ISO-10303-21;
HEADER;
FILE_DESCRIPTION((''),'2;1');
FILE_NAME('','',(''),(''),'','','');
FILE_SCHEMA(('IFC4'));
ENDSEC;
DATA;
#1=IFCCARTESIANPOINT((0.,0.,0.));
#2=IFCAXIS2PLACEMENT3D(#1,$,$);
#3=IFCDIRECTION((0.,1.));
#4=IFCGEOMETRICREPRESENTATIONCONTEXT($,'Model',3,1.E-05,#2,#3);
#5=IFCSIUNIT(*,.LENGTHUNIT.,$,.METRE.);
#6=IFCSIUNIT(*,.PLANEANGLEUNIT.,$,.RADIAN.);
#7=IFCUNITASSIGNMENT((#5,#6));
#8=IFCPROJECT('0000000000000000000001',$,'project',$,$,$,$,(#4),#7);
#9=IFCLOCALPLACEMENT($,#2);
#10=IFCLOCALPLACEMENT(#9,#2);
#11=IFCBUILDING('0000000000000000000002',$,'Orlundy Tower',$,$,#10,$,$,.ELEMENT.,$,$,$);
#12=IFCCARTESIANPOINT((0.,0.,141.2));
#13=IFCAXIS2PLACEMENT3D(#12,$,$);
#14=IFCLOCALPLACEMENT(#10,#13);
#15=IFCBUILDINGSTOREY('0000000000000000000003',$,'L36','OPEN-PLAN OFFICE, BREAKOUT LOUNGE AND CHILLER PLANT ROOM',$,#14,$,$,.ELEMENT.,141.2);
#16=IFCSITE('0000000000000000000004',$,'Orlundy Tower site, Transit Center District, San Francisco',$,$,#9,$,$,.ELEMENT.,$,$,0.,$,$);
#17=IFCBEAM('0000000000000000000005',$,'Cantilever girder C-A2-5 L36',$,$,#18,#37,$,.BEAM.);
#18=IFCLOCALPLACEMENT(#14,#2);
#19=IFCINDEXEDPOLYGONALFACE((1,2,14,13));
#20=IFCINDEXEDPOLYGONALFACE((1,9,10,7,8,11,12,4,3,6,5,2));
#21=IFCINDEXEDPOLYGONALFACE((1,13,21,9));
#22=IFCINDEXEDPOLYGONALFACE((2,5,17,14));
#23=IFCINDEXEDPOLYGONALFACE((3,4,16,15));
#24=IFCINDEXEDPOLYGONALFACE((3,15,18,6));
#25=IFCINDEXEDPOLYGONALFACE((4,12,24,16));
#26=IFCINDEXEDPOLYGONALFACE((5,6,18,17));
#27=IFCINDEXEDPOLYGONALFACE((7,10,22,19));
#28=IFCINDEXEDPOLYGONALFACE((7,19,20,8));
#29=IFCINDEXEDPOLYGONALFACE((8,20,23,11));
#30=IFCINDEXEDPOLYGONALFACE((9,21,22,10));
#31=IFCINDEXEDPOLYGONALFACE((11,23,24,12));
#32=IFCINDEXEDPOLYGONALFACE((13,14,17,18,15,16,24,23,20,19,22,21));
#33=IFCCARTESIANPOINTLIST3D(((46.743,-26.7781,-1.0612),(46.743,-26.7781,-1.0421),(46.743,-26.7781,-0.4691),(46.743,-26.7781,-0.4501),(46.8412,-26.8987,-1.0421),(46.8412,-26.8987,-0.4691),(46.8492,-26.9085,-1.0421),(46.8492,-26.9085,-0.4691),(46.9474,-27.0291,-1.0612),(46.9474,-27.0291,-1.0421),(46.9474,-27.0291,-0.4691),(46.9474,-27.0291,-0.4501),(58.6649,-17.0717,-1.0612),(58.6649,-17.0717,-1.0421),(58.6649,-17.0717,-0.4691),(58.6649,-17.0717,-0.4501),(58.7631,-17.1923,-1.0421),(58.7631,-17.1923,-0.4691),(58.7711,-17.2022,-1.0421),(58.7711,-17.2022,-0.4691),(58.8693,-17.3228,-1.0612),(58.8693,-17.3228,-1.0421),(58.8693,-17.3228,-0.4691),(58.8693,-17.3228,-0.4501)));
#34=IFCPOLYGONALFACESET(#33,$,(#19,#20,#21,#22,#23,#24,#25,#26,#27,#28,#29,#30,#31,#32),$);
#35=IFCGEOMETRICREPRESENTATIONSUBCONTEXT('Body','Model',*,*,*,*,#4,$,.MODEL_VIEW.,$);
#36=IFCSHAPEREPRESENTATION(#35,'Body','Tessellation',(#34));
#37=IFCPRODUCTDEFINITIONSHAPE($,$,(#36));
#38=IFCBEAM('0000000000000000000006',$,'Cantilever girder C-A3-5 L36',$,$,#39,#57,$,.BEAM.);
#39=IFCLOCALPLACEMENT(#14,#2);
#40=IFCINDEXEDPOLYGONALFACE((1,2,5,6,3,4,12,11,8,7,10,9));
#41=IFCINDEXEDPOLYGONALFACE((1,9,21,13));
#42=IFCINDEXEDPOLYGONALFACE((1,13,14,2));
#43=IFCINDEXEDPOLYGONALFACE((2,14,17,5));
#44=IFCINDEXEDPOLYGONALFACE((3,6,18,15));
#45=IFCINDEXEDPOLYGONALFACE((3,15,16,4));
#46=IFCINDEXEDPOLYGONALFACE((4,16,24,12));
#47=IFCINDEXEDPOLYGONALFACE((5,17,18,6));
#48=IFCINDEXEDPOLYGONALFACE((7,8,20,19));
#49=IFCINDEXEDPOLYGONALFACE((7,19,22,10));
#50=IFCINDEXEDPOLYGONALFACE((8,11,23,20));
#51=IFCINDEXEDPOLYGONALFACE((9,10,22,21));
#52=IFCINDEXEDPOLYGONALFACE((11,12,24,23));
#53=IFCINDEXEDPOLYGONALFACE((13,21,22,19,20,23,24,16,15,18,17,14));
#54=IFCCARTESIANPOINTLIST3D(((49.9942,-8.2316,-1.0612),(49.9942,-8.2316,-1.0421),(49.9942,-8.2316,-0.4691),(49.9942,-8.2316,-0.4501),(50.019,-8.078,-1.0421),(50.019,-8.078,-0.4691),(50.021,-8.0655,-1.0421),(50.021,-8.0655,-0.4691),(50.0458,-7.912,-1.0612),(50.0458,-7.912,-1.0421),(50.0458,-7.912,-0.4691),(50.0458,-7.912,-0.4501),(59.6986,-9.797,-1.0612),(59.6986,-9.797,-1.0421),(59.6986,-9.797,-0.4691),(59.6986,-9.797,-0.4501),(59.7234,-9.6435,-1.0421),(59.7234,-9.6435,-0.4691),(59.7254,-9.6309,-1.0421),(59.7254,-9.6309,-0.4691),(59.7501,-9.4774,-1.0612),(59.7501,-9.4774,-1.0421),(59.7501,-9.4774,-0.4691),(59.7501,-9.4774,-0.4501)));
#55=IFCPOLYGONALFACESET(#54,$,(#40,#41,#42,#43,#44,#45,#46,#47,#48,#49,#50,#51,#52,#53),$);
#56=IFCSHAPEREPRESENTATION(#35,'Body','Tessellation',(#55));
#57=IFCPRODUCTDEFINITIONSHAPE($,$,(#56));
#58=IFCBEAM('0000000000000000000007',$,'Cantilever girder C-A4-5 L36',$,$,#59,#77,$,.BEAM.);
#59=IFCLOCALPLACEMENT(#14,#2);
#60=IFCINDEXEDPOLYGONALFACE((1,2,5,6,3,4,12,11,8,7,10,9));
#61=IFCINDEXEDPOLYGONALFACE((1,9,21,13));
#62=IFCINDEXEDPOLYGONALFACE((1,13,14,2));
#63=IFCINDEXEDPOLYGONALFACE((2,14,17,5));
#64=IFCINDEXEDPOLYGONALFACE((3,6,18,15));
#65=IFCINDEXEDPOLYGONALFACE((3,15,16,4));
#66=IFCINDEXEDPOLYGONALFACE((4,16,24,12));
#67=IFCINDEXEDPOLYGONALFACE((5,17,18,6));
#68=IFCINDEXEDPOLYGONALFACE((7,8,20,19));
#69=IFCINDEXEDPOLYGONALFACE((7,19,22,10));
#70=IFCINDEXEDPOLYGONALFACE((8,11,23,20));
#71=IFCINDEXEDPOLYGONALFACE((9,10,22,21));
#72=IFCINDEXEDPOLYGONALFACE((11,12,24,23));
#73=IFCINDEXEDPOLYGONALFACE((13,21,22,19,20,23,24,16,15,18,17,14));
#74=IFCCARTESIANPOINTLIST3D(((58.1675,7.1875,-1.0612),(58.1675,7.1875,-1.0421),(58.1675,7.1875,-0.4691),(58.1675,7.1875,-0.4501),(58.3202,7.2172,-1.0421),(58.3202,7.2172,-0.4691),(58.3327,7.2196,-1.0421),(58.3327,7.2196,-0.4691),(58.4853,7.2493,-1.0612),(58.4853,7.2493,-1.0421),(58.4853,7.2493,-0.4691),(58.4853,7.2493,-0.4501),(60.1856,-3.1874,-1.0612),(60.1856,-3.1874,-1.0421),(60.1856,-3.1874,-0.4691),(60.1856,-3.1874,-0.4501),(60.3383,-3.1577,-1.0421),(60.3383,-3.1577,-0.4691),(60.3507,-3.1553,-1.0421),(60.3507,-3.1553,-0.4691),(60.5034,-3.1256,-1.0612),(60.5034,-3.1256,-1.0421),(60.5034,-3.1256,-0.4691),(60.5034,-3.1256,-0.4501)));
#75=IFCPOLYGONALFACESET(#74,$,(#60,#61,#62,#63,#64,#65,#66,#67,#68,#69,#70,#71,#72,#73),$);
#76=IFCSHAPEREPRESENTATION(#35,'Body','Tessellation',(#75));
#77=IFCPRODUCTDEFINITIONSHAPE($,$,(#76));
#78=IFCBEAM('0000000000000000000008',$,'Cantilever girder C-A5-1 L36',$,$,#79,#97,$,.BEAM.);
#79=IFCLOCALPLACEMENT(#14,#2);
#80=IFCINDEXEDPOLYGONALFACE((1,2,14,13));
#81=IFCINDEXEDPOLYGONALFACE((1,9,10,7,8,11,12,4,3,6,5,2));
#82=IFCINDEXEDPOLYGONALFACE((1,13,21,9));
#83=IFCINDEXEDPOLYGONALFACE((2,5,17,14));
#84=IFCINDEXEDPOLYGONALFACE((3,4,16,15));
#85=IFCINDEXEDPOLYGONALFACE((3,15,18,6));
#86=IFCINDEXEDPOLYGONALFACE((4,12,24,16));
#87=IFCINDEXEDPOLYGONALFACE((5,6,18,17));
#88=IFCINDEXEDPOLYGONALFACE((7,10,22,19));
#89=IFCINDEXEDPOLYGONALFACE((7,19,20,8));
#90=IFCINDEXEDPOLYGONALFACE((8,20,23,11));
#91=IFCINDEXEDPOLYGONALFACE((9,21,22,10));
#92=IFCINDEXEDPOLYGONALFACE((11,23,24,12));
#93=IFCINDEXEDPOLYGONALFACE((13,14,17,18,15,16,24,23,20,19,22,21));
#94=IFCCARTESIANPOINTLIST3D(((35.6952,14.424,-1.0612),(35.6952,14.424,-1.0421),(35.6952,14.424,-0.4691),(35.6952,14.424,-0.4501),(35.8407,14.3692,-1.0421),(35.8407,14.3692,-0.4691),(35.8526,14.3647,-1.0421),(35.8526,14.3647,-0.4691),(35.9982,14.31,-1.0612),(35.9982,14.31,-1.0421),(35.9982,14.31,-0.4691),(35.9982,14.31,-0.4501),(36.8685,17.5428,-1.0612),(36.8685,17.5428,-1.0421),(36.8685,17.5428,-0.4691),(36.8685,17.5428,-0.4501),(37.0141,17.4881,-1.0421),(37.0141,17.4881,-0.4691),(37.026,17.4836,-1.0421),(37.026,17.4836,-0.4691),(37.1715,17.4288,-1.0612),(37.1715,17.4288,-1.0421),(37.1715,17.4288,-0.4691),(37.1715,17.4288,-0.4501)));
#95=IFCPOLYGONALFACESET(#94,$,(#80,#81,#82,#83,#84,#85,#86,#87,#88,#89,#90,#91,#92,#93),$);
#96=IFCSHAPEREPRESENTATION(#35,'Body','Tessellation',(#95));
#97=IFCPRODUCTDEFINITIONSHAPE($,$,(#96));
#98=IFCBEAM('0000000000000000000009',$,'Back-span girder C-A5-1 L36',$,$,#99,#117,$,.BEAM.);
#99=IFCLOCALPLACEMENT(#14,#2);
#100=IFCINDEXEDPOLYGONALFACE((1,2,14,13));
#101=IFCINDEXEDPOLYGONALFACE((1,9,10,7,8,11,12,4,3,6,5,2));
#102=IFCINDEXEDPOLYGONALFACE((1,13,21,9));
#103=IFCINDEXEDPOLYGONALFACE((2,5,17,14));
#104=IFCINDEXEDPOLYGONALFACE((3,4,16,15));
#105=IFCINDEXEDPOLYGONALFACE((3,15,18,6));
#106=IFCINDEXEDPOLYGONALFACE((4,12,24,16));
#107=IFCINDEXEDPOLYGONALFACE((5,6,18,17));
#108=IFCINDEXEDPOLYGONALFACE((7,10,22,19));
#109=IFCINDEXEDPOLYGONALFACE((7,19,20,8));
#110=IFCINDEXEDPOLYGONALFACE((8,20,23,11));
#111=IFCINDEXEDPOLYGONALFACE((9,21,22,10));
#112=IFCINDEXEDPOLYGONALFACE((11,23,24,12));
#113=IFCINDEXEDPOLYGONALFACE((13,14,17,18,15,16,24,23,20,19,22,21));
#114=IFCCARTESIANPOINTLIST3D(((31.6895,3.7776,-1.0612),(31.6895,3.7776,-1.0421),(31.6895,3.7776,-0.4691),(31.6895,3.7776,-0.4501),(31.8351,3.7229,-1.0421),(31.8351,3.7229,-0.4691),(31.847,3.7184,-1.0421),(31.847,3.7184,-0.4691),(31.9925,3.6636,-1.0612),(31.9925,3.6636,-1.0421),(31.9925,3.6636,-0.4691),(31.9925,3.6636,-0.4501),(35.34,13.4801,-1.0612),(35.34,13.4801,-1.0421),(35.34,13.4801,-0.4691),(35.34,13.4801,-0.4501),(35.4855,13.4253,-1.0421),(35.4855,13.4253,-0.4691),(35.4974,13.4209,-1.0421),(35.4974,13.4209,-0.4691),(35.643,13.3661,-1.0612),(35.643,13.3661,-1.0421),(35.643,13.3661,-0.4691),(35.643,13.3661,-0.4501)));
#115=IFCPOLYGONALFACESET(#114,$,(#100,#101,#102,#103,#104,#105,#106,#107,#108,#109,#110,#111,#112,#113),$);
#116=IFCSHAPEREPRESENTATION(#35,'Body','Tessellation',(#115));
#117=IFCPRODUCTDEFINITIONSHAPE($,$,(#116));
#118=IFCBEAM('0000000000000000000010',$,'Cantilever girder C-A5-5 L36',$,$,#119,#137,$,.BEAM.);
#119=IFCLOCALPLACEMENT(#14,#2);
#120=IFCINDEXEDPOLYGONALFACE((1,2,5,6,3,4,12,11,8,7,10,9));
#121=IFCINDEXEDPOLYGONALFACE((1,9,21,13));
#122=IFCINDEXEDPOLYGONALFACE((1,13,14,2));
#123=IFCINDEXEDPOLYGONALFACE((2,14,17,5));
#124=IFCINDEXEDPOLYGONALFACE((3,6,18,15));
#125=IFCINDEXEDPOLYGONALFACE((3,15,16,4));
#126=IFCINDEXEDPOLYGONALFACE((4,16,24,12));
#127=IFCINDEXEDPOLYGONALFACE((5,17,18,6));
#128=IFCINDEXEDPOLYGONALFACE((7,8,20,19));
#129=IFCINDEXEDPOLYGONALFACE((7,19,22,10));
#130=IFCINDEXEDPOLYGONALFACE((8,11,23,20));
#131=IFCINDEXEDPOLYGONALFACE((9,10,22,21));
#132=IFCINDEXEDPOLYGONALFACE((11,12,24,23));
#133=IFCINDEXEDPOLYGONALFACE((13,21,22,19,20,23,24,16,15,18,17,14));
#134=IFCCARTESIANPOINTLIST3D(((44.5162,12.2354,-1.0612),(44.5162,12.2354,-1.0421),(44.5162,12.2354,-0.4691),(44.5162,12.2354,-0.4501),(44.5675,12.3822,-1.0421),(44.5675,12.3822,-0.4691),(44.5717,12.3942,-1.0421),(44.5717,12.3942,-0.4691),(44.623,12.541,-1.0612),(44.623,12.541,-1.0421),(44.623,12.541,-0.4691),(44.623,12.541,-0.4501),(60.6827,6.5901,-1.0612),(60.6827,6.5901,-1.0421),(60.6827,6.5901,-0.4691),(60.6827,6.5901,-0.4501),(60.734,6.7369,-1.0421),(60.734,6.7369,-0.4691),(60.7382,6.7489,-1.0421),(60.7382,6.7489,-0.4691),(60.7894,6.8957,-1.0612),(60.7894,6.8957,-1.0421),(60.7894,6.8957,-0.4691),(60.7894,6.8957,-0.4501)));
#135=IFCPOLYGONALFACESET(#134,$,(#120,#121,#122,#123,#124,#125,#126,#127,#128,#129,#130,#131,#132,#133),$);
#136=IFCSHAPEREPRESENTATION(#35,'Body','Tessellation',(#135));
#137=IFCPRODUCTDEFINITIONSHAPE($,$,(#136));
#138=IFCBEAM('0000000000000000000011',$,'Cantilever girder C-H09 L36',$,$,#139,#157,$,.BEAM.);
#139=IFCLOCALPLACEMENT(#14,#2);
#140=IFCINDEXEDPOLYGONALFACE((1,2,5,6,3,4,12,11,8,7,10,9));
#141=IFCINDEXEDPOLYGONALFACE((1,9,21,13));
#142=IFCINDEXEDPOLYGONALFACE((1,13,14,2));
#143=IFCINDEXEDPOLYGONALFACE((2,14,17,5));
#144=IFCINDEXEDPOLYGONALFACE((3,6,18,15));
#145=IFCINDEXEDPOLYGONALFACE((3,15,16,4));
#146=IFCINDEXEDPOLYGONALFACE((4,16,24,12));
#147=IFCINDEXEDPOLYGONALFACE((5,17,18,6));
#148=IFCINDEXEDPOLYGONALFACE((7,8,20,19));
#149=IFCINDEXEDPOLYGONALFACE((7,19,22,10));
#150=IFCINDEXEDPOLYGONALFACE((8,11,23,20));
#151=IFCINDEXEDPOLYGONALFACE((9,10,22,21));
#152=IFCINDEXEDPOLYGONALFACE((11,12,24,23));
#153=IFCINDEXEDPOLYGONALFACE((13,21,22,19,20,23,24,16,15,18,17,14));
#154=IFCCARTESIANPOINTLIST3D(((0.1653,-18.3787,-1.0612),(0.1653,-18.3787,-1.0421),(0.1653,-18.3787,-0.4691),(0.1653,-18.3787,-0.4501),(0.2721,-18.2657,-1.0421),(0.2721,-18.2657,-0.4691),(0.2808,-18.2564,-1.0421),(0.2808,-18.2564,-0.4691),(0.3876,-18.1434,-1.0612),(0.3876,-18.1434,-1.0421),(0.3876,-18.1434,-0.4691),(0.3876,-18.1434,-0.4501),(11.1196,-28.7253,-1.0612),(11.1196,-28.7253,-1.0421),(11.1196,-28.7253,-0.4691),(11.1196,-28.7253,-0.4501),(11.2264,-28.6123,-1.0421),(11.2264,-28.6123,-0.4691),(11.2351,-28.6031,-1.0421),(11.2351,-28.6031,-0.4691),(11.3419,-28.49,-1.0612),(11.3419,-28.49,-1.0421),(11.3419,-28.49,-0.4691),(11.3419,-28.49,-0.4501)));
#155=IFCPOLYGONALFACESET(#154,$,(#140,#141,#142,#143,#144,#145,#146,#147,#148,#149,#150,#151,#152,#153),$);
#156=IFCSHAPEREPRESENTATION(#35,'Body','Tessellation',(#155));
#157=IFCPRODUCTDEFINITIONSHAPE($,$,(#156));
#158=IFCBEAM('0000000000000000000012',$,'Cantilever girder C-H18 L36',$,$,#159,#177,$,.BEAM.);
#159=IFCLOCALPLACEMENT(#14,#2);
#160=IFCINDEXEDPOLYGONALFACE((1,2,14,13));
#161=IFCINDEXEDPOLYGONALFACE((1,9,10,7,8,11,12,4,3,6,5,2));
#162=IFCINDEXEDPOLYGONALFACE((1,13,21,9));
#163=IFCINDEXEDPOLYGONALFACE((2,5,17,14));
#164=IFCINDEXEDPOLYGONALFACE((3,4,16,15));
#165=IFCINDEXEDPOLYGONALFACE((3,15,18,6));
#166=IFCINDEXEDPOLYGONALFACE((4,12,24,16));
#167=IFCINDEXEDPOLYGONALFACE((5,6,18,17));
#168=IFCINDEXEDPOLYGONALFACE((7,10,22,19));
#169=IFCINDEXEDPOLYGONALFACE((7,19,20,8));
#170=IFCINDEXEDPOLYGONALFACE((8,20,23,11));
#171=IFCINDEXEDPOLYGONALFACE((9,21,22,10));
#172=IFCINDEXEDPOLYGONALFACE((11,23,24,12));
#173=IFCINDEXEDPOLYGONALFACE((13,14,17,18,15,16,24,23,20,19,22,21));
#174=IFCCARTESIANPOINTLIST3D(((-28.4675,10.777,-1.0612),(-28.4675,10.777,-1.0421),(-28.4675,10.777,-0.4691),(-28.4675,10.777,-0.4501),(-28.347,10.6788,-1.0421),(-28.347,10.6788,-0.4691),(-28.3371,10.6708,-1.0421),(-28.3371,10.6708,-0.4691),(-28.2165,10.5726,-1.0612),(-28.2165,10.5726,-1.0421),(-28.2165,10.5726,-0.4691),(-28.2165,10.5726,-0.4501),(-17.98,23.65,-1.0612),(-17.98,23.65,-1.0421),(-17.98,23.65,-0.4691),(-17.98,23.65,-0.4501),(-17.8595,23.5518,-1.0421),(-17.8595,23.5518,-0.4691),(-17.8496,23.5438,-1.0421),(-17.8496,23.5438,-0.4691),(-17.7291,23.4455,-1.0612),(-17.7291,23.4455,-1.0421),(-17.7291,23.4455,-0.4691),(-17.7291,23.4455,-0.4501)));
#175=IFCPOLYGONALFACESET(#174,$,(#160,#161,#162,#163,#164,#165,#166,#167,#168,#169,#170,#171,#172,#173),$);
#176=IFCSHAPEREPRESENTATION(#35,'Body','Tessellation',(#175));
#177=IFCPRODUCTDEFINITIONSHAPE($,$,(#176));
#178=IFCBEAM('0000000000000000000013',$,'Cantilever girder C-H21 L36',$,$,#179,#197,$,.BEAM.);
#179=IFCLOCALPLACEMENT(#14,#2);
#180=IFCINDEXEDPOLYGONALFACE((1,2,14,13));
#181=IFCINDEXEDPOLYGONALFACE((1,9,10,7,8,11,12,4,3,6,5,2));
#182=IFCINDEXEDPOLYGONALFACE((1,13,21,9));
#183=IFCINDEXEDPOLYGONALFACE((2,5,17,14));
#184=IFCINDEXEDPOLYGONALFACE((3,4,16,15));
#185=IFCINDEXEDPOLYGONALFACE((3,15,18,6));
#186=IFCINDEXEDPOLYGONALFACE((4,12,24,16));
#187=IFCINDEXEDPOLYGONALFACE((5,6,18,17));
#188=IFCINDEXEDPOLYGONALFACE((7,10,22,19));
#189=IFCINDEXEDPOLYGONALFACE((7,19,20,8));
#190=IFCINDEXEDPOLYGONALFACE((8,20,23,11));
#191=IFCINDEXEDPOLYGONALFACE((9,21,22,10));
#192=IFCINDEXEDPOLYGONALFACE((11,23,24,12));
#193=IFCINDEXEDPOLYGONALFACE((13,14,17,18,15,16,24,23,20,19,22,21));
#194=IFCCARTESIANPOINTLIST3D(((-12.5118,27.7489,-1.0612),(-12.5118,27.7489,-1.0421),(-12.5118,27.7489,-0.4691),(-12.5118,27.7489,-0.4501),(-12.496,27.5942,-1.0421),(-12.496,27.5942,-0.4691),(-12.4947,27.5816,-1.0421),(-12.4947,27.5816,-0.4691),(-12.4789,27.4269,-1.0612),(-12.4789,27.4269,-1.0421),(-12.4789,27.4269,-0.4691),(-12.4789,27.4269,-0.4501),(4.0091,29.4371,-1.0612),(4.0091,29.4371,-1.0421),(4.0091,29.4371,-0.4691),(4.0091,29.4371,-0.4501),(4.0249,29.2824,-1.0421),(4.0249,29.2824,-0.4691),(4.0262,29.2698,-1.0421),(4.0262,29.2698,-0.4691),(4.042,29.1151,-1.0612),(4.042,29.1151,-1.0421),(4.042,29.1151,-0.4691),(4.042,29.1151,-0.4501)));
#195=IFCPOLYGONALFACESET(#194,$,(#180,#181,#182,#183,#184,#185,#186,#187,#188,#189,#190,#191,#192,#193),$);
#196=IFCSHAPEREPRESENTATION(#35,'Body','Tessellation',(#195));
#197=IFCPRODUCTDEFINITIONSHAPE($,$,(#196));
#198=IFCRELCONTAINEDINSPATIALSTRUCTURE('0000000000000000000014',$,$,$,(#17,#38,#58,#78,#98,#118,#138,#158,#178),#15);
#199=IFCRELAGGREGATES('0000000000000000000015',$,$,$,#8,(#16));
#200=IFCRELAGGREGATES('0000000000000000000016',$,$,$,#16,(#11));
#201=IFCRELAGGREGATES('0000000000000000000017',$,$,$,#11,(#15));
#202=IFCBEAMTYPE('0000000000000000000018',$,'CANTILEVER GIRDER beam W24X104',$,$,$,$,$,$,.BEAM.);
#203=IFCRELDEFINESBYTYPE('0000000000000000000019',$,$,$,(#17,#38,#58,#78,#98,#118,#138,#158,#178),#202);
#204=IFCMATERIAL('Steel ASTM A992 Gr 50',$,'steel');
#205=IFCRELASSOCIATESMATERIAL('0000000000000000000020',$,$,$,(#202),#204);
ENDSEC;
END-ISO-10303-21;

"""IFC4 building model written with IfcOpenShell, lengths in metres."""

from ifc_helpers import new_model, si_unit, direction, frame, origin, origin_2d, place, context, subcontext, project, spatial, i_section, extrude, material, material_profile, profile_set, type_object, element, save


model = new_model("IFC4")

# Units and contexts
model_context = context("Model", 3, precision=1e-05, world=origin(), true_north=direction((0.0, 1.0)))
body_context = subcontext(model_context, "Body", "Model", "MODEL_VIEW")
ifc_project = project(units=[si_unit("LENGTHUNIT", "METRE"), si_unit("PLANEANGLEUNIT", "RADIAN")], contexts=[model_context])

# Site, building, storey
site_placement = place(None, origin())
site = spatial("IfcSite", under=ifc_project, at=site_placement, Name="Orlundy Tower site, Transit Center District, San Francisco", CompositionType="ELEMENT", RefElevation=0.0)
building_placement = place(site_placement, origin())
building = spatial("IfcBuilding", under=site, at=building_placement, Name="Orlundy Tower", CompositionType="ELEMENT")
storey_placement = place(building_placement, frame((0.0, 0.0, 141.2)))
storey = spatial("IfcBuildingStorey", under=building, at=storey_placement, Name="L36", Description="OPEN-PLAN OFFICE, BREAKOUT LOUNGE AND CHILLER PLANT ROOM", CompositionType="ELEMENT", Elevation=141.2)

# Beams
ifc_material_1 = material(Name="Steel ASTM A992 Gr 50", Category="steel")
ifc_material_profile_1 = material_profile(ifc_material_1, i_section(OverallWidth=0.3237, OverallDepth=0.6111, WebThickness=0.0127, FlangeThickness=0.019, at=origin_2d()), Name="W24X104")
ifc_profile_set_1 = profile_set([ifc_material_profile_1], Name="Steel ASTM A992 Gr 50")
beam_type_1 = type_object("IfcBeamType", Name="CANTILEVER GIRDER beam W24X104", PredefinedType="BEAM", material=ifc_profile_set_1)
beam_1_placement = place(storey_placement, frame((58.7671, -17.1973, -0.7556), z_axis=(-0.775484, -0.631367, 0.0), x_axis=(0.631367, -0.775484, 0.0)))
element("IfcBeam", 1, at=beam_1_placement, inside=storey, type_object=beam_type_1, Name="Cantilever girder C-A2-5 L36", PredefinedType="BEAM", context=body_context, shape_type="SweptSolid", body=[
    extrude(i_section(OverallWidth=0.3237, OverallDepth=0.6111, WebThickness=0.0127, FlangeThickness=0.019, at=origin_2d()), origin(), (0.0, 0.0, 1.0), 15.3735),
])
beam_2_placement = place(storey_placement, frame((59.7244, -9.6372, -0.7556), z_axis=(-0.987238, 0.159254, 0.0), x_axis=(-0.159254, -0.987238, 0.0)))
element("IfcBeam", 2, at=beam_2_placement, inside=storey, type_object=beam_type_1, Name="Cantilever girder C-A3-5 L36", PredefinedType="BEAM", context=body_context, shape_type="SweptSolid", body=[
    extrude(i_section(OverallWidth=0.3237, OverallDepth=0.6111, WebThickness=0.0127, FlangeThickness=0.019, at=origin_2d()), origin(), (0.0, 0.0, 1.0), 9.8298),
])
beam_3_placement = place(storey_placement, frame((60.3445, -3.1565, -0.7556), z_axis=(-0.190934, 0.981603, 0.0), x_axis=(-0.981603, -0.190934, 0.0)))
element("IfcBeam", 3, at=beam_3_placement, inside=storey, type_object=beam_type_1, Name="Cantilever girder C-A4-5 L36", PredefinedType="BEAM", context=body_context, shape_type="SweptSolid", body=[
    extrude(i_section(OverallWidth=0.3237, OverallDepth=0.6111, WebThickness=0.0127, FlangeThickness=0.019, at=origin_2d()), origin(), (0.0, 0.0, 1.0), 10.5693),
])
beam_4_placement = place(storey_placement, frame((37.02, 17.4858, -0.7556), z_axis=(-0.352111, -0.935958, 0.0), x_axis=(0.935958, -0.352111, 0.0)))
element("IfcBeam", 4, at=beam_4_placement, inside=storey, type_object=beam_type_1, Name="Cantilever girder C-A5-1 L36", PredefinedType="BEAM", context=body_context, shape_type="SweptSolid", body=[
    extrude(i_section(OverallWidth=0.3237, OverallDepth=0.6111, WebThickness=0.0127, FlangeThickness=0.019, at=origin_2d()), origin(), (0.0, 0.0, 1.0), 3.3323),
])
beam_5_placement = place(storey_placement, frame((35.4915, 13.4231, -0.7556), z_axis=(-0.352138, -0.935948, 0.0), x_axis=(0.935948, -0.352138, 0.0)))
element("IfcBeam", 5, at=beam_5_placement, inside=storey, type_object=beam_type_1, Name="Back-span girder C-A5-1 L36", PredefinedType="BEAM", context=body_context, shape_type="SweptSolid", body=[
    extrude(i_section(OverallWidth=0.3237, OverallDepth=0.6111, WebThickness=0.0127, FlangeThickness=0.019, at=origin_2d()), origin(), (0.0, 0.0, 1.0), 10.3665),
])
beam_6_placement = place(storey_placement, frame((60.7361, 6.7429, -0.7556), z_axis=(-0.944095, 0.329673, 0.0), x_axis=(-0.329673, -0.944095, 0.0)))
element("IfcBeam", 6, at=beam_6_placement, inside=storey, type_object=beam_type_1, Name="Cantilever girder C-A5-5 L36", PredefinedType="BEAM", context=body_context, shape_type="SweptSolid", body=[
    extrude(i_section(OverallWidth=0.3237, OverallDepth=0.6111, WebThickness=0.0127, FlangeThickness=0.019, at=origin_2d()), origin(), (0.0, 0.0, 1.0), 17.1238),
])
beam_7_placement = place(storey_placement, frame((11.2307, -28.6077, -0.7556), z_axis=(-0.726983, 0.686655, 0.0), x_axis=(-0.686655, -0.726983, 0.0)))
element("IfcBeam", 7, at=beam_7_placement, inside=storey, type_object=beam_type_1, Name="Cantilever girder C-H09 L36", PredefinedType="BEAM", context=body_context, shape_type="SweptSolid", body=[
    extrude(i_section(OverallWidth=0.3237, OverallDepth=0.6111, WebThickness=0.0127, FlangeThickness=0.019, at=origin_2d()), origin(), (0.0, 0.0, 1.0), 15.0681),
])
beam_8_placement = place(storey_placement, frame((-28.342, 10.6748, -0.7556), z_axis=(0.631615, 0.775282, 0.0), x_axis=(-0.775282, 0.631615, 0.0)))
element("IfcBeam", 8, at=beam_8_placement, inside=storey, type_object=beam_type_1, Name="Cantilever girder C-H18 L36", PredefinedType="BEAM", context=body_context, shape_type="SweptSolid", body=[
    extrude(i_section(OverallWidth=0.3237, OverallDepth=0.6111, WebThickness=0.0127, FlangeThickness=0.019, at=origin_2d()), origin(), (0.0, 0.0, 1.0), 16.6042),
])
beam_9_placement = place(storey_placement, frame((-12.4954, 27.5879, -0.7556), z_axis=(0.994819, 0.101658, 0.0), x_axis=(-0.101658, 0.994819, 0.0)))
element("IfcBeam", 9, at=beam_9_placement, inside=storey, type_object=beam_type_1, Name="Cantilever girder C-H21 L36", PredefinedType="BEAM", context=body_context, shape_type="SweptSolid", body=[
    extrude(i_section(OverallWidth=0.3237, OverallDepth=0.6111, WebThickness=0.0127, FlangeThickness=0.019, at=origin_2d()), origin(), (0.0, 0.0, 1.0), 16.6069),
])

save(model, "model.ifc")
